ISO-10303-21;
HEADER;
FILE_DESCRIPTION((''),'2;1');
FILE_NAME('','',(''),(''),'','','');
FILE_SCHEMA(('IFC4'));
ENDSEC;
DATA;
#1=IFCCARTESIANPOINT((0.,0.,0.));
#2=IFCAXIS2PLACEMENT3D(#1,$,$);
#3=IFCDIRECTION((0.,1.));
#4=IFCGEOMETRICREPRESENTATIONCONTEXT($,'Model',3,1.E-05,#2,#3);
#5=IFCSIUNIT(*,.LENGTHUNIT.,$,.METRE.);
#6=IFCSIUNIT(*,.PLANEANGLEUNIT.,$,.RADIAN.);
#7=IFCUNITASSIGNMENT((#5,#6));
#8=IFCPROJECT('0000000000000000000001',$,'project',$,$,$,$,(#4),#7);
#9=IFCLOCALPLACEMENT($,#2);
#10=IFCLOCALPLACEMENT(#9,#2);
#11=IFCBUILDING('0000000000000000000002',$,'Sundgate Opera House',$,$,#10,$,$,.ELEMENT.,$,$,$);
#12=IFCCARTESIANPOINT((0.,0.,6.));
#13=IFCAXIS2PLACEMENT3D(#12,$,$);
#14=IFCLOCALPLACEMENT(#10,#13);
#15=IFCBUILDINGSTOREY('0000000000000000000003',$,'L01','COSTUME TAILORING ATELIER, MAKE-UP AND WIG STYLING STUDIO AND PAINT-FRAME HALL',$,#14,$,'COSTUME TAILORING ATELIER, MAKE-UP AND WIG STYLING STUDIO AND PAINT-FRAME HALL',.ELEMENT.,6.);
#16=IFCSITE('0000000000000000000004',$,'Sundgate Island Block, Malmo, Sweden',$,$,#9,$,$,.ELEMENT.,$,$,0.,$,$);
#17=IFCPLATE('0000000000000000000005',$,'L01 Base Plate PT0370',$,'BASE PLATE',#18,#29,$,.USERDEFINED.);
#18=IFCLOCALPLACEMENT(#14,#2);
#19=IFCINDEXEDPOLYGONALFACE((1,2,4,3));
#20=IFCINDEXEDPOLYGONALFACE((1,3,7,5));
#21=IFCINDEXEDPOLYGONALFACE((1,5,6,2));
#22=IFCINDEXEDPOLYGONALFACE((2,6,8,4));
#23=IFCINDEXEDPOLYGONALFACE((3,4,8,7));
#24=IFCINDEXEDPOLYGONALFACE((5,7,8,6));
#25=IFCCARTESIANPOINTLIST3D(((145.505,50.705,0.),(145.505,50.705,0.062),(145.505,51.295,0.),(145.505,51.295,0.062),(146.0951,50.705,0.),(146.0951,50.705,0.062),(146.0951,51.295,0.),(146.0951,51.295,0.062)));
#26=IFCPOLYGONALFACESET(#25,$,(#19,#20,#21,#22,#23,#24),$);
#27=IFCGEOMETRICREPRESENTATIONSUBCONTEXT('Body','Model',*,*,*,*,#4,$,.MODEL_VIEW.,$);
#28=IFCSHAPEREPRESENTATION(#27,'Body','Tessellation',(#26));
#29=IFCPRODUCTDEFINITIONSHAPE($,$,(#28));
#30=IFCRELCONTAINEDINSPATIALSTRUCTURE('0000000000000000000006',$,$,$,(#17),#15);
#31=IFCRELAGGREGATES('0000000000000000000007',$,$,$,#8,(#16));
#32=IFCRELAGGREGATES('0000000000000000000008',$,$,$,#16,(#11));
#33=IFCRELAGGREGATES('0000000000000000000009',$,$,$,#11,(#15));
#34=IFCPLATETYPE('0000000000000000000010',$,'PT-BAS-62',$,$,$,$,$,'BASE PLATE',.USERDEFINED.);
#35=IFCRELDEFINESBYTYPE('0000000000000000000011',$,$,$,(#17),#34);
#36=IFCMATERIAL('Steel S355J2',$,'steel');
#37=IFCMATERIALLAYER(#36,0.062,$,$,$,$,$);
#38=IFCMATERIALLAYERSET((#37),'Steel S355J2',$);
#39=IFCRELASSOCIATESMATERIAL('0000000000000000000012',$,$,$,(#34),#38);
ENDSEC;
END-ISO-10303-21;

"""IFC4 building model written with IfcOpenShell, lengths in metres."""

from ifc_helpers import new_model, si_unit, direction, frame, origin, origin_2d, place, context, subcontext, project, spatial, rectangle, extrude, material, layer, layer_set, type_object, element, save


model = new_model("IFC4")

# Units and contexts
model_context = context("Model", 3, precision=1e-05, world=origin(), true_north=direction((0.0, 1.0)))
body_context = subcontext(model_context, "Body", "Model", "MODEL_VIEW")
ifc_project = project(units=[si_unit("LENGTHUNIT", "METRE"), si_unit("PLANEANGLEUNIT", "RADIAN")], contexts=[model_context])

# Site, building, storey
site_placement = place(None, origin())
site = spatial("IfcSite", under=ifc_project, at=site_placement, Name="Sundgate Island Block, Malmo, Sweden", CompositionType="ELEMENT", RefElevation=0.0)
building_placement = place(site_placement, origin())
building = spatial("IfcBuilding", under=site, at=building_placement, Name="Sundgate Opera House", CompositionType="ELEMENT")
storey_placement = place(building_placement, frame((0.0, 0.0, 6.0)))
storey = spatial("IfcBuildingStorey", under=building, at=storey_placement, Name="L01", Description="COSTUME TAILORING ATELIER, MAKE-UP AND WIG STYLING STUDIO AND PAINT-FRAME HALL", LongName="COSTUME TAILORING ATELIER, MAKE-UP AND WIG STYLING STUDIO AND PAINT-FRAME HALL", CompositionType="ELEMENT", Elevation=6.0)

# Plate
ifc_material_1 = material(Name="Steel S355J2", Category="steel")
ifc_layer_1 = layer(ifc_material_1, 0.062)
ifc_layer_set_1 = layer_set([ifc_layer_1], Name="Steel S355J2")
plate_type_1 = type_object("IfcPlateType", Name="PT-BAS-62", ElementType="BASE PLATE", PredefinedType="USERDEFINED", material=ifc_layer_set_1)
plate_1_placement = place(storey_placement, frame((145.8, 51.0, 0.0), z_axis=(0.0, 0.0, 1.0), x_axis=(1.0, 0.0, 0.0)))
element("IfcPlate", 1, at=plate_1_placement, inside=storey, type_object=plate_type_1, Name="L01 Base Plate PT0370", ObjectType="BASE PLATE", PredefinedType="USERDEFINED", context=body_context, shape_type="SweptSolid", body=[
    extrude(rectangle(XDim=0.5901, YDim=0.5901, at=origin_2d()), origin(), (0.0, 0.0, 1.0), 0.062),
])

save(model, "model.ifc")
